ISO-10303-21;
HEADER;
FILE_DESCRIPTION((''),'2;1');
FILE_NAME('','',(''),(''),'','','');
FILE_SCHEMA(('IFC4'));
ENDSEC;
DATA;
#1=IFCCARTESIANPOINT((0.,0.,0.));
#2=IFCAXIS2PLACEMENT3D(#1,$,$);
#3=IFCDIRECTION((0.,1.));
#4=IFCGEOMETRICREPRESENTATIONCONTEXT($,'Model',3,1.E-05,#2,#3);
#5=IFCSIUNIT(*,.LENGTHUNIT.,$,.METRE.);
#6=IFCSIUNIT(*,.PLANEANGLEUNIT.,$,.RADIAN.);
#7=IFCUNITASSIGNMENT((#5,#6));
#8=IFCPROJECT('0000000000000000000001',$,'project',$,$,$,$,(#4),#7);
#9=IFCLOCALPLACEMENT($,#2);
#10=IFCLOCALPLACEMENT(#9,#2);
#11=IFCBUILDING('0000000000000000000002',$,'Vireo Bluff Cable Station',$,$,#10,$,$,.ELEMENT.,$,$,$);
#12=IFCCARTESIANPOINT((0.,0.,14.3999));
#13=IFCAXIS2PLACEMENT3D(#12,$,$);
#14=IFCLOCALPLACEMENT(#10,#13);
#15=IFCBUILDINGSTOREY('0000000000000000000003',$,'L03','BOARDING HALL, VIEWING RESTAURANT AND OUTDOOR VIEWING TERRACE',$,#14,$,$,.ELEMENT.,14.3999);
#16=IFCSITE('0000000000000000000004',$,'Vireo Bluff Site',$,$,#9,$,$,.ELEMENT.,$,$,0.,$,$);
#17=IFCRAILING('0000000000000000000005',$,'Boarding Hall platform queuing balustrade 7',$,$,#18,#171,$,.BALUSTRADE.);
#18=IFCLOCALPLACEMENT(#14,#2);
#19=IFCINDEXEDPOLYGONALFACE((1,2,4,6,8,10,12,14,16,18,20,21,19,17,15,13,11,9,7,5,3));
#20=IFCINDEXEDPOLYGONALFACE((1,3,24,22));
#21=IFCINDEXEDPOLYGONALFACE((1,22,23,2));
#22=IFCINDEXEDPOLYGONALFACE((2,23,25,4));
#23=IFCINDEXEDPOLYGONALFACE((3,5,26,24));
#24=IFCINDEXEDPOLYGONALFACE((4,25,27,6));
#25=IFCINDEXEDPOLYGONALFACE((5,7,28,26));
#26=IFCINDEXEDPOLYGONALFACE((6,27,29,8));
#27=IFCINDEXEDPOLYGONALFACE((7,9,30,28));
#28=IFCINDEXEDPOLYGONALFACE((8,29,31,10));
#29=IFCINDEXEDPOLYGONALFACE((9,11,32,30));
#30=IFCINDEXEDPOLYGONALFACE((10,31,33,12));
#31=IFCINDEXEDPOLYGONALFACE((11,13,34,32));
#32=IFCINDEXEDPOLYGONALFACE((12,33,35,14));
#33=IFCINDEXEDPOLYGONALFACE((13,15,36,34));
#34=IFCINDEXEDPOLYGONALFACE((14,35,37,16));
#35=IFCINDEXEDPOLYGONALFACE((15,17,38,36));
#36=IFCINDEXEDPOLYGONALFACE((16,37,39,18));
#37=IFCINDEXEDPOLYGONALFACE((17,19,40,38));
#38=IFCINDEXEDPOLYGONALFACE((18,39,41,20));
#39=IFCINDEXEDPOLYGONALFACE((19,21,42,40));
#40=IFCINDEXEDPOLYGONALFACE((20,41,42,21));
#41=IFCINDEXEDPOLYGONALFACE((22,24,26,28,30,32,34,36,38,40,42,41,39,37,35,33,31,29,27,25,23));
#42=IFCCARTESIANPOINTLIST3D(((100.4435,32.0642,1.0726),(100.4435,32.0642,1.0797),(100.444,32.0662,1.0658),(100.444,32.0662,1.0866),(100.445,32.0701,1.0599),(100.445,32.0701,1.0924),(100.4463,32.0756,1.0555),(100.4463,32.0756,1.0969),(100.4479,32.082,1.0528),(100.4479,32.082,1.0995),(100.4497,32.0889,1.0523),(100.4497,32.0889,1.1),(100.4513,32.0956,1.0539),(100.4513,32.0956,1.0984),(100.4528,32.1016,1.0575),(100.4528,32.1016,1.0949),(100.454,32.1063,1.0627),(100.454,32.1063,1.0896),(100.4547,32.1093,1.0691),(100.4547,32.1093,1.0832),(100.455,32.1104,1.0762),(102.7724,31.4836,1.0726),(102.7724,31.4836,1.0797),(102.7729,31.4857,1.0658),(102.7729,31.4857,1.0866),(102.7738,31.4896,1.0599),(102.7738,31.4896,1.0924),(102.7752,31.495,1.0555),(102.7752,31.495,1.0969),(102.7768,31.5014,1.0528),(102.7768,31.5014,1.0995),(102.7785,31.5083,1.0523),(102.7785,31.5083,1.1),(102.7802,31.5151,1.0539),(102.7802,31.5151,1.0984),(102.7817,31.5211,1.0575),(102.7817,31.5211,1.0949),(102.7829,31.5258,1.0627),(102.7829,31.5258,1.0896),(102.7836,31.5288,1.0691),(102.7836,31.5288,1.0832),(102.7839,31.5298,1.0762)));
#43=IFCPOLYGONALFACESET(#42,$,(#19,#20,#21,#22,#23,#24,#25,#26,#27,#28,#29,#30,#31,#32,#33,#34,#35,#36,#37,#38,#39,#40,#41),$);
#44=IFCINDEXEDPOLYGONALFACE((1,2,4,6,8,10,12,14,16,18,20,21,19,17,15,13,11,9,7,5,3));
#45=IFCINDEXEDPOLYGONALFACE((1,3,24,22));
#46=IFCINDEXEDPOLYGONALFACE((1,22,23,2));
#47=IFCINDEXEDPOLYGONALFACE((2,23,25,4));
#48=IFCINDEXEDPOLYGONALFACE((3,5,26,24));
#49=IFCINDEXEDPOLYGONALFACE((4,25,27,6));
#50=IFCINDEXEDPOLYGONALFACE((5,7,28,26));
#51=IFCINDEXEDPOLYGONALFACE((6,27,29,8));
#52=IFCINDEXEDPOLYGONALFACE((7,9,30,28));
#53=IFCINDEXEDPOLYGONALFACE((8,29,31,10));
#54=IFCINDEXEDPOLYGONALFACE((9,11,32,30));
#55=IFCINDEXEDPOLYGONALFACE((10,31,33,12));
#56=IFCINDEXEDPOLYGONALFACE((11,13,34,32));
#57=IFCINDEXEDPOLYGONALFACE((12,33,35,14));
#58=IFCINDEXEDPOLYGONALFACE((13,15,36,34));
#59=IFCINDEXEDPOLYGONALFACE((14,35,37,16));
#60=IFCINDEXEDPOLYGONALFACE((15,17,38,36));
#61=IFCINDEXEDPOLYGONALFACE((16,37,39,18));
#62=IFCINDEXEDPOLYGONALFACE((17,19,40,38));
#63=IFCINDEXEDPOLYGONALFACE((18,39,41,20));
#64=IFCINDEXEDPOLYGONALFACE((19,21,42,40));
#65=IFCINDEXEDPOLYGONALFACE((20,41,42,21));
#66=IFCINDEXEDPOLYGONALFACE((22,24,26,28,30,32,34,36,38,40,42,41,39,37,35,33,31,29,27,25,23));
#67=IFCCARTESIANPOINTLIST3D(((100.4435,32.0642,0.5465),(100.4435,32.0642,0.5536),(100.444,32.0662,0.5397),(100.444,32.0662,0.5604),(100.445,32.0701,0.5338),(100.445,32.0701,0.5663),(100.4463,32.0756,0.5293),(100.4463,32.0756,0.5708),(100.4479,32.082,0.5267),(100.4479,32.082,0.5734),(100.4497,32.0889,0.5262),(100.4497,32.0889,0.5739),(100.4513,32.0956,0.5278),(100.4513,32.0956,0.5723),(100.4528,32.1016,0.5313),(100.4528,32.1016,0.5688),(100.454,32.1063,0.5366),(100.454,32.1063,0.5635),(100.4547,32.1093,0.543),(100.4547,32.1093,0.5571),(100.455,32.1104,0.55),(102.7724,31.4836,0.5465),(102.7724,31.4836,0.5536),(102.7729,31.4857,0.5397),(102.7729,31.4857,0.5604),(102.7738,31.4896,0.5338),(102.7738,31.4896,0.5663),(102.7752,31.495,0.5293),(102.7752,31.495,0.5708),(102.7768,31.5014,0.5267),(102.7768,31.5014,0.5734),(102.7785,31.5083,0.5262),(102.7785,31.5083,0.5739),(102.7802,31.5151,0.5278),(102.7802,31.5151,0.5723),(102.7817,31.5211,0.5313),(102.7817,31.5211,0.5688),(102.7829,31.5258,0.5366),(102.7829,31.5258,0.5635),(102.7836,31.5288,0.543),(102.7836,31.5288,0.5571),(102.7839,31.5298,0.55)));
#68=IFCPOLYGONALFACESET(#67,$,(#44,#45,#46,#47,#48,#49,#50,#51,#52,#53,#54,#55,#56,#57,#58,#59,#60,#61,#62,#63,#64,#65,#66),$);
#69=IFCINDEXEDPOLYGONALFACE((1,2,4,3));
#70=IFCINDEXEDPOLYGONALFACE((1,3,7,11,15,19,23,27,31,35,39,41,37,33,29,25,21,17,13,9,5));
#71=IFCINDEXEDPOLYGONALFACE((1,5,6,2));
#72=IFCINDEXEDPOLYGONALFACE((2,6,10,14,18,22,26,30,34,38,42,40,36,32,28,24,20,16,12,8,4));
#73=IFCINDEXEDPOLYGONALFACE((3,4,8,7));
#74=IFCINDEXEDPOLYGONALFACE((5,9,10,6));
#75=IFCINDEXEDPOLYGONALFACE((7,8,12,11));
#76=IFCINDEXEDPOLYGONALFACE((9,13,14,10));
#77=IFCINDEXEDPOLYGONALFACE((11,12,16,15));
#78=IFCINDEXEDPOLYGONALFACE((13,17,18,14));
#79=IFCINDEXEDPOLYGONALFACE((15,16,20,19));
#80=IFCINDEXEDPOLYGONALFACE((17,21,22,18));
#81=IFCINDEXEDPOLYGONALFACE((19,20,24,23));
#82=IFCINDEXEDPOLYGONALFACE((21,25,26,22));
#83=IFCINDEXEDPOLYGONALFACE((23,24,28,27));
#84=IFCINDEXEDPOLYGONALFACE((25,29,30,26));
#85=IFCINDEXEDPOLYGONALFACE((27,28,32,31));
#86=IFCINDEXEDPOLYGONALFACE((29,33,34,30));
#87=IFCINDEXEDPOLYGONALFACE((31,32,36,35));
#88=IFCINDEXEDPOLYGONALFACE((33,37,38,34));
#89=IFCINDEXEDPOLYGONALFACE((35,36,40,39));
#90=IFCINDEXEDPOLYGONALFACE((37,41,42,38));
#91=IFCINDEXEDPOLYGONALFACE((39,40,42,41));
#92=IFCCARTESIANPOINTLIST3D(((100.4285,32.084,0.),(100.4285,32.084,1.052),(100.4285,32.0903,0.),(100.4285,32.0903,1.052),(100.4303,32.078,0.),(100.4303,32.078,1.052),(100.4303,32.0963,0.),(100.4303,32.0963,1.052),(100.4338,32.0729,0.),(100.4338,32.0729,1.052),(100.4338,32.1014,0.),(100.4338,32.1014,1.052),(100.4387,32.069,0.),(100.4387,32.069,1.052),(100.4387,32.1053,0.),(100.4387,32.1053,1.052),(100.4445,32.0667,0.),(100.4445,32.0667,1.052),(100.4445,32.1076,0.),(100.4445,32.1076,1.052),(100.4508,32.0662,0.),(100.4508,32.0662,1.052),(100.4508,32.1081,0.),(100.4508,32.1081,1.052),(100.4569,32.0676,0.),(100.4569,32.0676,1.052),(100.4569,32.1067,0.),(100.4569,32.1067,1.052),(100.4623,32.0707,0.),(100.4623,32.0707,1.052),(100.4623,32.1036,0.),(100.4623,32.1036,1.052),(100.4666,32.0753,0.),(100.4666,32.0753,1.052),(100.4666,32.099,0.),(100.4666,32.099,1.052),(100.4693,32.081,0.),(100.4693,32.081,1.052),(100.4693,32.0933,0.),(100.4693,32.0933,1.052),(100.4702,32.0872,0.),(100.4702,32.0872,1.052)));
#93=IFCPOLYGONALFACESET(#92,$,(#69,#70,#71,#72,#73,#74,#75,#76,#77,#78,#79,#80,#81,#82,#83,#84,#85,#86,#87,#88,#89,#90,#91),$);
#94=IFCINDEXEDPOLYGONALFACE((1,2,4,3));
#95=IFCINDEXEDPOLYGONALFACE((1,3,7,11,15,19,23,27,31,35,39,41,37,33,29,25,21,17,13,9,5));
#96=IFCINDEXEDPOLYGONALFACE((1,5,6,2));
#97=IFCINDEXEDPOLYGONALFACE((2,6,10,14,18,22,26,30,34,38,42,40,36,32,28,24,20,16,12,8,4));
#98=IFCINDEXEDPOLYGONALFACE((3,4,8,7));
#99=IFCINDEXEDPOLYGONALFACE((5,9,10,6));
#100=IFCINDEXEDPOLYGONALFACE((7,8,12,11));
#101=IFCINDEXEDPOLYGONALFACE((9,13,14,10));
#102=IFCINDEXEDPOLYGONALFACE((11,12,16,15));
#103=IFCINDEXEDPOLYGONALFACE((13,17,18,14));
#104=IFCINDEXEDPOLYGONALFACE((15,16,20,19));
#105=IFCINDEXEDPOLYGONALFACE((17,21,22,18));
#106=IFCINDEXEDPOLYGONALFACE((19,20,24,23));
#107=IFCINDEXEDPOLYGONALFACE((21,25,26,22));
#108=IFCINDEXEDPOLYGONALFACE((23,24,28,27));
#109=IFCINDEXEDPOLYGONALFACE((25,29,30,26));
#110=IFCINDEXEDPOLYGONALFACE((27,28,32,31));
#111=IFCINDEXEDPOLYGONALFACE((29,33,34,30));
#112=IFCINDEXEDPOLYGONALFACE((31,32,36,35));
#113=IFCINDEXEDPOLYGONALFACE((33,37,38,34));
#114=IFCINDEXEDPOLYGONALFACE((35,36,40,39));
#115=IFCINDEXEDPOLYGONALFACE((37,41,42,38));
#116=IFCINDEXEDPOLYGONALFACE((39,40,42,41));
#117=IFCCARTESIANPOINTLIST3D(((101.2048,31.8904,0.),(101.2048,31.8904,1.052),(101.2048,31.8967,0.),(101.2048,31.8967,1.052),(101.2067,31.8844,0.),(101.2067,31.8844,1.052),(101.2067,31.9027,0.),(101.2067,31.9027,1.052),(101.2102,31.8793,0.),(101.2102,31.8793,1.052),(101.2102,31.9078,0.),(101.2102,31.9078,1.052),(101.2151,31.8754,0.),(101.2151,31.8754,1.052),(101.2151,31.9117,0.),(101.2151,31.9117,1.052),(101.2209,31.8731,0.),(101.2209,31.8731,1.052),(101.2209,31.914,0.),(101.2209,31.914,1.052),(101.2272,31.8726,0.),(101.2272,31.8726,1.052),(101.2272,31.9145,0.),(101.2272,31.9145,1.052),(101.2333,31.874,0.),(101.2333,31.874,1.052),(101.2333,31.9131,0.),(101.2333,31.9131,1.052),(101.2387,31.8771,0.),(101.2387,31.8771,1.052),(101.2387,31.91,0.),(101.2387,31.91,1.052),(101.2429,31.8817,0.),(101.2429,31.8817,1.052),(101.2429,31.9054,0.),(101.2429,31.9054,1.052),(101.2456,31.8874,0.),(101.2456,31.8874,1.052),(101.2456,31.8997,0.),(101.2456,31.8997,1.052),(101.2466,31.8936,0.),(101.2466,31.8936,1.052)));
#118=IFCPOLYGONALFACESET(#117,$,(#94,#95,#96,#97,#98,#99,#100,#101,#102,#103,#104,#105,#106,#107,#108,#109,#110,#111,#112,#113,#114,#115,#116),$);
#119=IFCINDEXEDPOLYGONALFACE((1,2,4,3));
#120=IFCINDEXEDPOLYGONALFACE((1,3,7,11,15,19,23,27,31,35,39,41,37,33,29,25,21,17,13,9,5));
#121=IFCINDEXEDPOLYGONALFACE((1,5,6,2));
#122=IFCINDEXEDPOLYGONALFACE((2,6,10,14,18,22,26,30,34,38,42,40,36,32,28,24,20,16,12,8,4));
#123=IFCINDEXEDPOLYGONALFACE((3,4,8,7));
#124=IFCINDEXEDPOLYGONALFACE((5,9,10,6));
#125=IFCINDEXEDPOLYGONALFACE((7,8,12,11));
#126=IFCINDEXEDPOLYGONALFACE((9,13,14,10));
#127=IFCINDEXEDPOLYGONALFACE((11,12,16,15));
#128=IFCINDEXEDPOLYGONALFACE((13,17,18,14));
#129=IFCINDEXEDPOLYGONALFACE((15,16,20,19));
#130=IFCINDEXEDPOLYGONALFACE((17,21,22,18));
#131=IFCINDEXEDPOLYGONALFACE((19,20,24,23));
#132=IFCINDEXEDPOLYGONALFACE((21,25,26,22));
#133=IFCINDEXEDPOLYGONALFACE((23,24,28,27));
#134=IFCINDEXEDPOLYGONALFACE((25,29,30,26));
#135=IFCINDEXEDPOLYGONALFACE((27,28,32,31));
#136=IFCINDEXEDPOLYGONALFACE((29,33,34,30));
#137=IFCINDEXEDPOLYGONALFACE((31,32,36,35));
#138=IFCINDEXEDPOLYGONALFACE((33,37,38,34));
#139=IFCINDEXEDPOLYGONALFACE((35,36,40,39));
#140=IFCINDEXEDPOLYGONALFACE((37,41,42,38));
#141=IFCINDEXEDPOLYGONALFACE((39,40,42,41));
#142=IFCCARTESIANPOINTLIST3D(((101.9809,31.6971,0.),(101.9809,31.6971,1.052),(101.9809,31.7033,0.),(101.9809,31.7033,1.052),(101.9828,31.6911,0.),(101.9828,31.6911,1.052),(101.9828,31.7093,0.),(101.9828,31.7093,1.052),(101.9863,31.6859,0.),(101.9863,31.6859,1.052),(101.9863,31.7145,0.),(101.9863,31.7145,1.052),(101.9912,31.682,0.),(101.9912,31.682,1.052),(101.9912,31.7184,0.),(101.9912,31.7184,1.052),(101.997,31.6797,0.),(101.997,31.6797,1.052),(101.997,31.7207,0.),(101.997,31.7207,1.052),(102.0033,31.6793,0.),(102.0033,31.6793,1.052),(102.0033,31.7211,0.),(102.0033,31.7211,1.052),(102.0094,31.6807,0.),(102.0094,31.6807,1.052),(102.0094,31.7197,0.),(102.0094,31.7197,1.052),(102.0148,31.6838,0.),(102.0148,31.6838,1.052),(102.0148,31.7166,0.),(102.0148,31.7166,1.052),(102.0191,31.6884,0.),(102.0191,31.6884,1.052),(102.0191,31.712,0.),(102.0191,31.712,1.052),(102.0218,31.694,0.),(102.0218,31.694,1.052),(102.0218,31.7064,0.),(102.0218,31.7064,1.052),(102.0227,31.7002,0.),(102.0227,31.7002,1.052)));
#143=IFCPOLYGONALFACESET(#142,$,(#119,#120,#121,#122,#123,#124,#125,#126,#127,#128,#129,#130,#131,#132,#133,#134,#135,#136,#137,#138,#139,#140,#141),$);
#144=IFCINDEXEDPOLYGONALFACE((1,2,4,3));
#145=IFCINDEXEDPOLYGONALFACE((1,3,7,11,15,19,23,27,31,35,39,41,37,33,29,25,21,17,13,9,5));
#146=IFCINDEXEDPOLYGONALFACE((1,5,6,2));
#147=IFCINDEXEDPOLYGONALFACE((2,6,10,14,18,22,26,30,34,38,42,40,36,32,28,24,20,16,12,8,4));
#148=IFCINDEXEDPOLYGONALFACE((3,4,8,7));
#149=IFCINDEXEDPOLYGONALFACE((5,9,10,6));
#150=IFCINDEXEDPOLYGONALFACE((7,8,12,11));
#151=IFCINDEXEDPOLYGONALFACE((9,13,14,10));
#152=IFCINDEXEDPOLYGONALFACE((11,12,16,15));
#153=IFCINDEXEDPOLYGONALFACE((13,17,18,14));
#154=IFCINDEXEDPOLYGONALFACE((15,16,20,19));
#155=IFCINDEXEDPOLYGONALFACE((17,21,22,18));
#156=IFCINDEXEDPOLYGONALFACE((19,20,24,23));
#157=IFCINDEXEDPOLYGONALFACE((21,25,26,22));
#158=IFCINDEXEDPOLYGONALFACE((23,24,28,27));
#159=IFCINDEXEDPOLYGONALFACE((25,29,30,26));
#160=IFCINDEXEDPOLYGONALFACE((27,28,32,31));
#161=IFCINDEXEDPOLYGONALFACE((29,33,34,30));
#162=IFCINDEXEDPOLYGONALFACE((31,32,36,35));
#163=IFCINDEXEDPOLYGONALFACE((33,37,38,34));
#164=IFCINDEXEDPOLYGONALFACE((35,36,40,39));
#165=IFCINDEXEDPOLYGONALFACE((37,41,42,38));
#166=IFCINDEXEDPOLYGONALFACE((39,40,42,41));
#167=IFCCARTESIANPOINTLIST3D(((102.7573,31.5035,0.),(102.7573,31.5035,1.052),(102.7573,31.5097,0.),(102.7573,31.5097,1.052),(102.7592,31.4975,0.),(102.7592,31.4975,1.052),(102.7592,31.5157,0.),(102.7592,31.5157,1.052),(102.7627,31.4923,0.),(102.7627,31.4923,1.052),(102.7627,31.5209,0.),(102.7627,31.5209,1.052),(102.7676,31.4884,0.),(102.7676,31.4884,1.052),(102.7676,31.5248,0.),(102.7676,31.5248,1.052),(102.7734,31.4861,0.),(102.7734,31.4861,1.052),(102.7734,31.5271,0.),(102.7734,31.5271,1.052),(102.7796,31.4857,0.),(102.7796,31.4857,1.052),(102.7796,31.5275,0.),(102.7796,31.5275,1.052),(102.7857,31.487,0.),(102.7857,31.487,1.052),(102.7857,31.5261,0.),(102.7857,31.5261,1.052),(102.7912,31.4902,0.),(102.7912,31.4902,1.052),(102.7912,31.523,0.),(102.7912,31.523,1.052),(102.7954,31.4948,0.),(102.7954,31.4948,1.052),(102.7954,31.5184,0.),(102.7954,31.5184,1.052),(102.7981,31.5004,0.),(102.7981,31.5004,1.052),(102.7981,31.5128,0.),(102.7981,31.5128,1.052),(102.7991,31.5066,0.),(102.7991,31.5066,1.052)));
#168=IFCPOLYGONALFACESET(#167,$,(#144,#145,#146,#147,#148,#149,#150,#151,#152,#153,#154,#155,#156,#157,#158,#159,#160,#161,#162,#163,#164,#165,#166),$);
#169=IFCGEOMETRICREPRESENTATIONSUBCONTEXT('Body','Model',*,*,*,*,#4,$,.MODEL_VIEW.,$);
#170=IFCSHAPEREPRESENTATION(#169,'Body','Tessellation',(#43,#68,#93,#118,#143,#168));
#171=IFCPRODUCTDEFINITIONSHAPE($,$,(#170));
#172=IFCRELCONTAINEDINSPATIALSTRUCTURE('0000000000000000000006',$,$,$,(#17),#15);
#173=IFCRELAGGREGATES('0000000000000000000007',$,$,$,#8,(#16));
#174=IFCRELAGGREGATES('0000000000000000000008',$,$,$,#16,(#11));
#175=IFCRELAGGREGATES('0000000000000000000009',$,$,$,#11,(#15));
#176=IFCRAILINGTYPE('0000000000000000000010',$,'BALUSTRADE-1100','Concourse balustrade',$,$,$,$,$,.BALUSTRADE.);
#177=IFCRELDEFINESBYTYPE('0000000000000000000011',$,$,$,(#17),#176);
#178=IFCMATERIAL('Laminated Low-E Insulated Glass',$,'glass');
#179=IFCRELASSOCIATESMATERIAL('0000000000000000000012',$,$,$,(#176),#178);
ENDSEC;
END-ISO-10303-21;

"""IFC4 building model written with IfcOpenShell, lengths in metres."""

from ifc_helpers import new_model, si_unit, direction, frame, origin, origin_2d, place, context, subcontext, project, spatial, circle, extrude, material, type_object, element, save


model = new_model("IFC4")

# Units and contexts
model_context = context("Model", 3, precision=1e-05, world=origin(), true_north=direction((0.0, 1.0)))
body_context = subcontext(model_context, "Body", "Model", "MODEL_VIEW")
ifc_project = project(units=[si_unit("LENGTHUNIT", "METRE"), si_unit("PLANEANGLEUNIT", "RADIAN")], contexts=[model_context])

# Site, building, storey
site_placement = place(None, origin())
site = spatial("IfcSite", under=ifc_project, at=site_placement, Name="Vireo Bluff Site", CompositionType="ELEMENT", RefElevation=0.0)
building_placement = place(site_placement, origin())
building = spatial("IfcBuilding", under=site, at=building_placement, Name="Vireo Bluff Cable Station", CompositionType="ELEMENT")
storey_placement = place(building_placement, frame((0.0, 0.0, 14.3999)))
storey = spatial("IfcBuildingStorey", under=building, at=storey_placement, Name="L03", Description="BOARDING HALL, VIEWING RESTAURANT AND OUTDOOR VIEWING TERRACE", CompositionType="ELEMENT", Elevation=14.3999)

# Shared definitions
ifc_material_1 = material(Name="Laminated Low-E Insulated Glass", Category="glass")

# Railing
railing_type_1 = type_object("IfcRailingType", Name="BALUSTRADE-1100", Description="Concourse balustrade", PredefinedType="BALUSTRADE", material=ifc_material_1)
railing_placement = place(storey_placement, frame((100.4492, 32.0872, 0.0)))
element("IfcRailing", 1, at=railing_placement, inside=storey, type_object=railing_type_1, Name="Boarding Hall platform queuing balustrade 7", PredefinedType="BALUSTRADE", context=body_context, shape_type="SweptSolid", body=[
    extrude(circle(Radius=0.0239, at=origin_2d()), frame((0.0, 0.0, 1.0762), z_axis=(0.970304, -0.241889, 0.0), x_axis=(0.241889, 0.970304, 0.0)), (0.0, 0.0, 1.0), 2.4001),
    extrude(circle(Radius=0.0239, at=origin_2d()), frame((0.0, 0.0, 0.55), z_axis=(0.970304, -0.241889, 0.0), x_axis=(0.241889, 0.970304, 0.0)), (0.0, 0.0, 1.0), 2.4001),
    extrude(circle(Radius=0.021, at=origin_2d()), origin(), (0.0, 0.0, 1.0), 1.052),
    extrude(circle(Radius=0.021, at=origin_2d()), frame((0.7764, -0.1936, 0.0)), (0.0, 0.0, 1.0), 1.052),
    extrude(circle(Radius=0.021, at=origin_2d()), frame((1.5525, -0.387, 0.0)), (0.0, 0.0, 1.0), 1.052),
    extrude(circle(Radius=0.021, at=origin_2d()), frame((2.3289, -0.5806, 0.0)), (0.0, 0.0, 1.0), 1.052),
])

save(model, "model.ifc")
